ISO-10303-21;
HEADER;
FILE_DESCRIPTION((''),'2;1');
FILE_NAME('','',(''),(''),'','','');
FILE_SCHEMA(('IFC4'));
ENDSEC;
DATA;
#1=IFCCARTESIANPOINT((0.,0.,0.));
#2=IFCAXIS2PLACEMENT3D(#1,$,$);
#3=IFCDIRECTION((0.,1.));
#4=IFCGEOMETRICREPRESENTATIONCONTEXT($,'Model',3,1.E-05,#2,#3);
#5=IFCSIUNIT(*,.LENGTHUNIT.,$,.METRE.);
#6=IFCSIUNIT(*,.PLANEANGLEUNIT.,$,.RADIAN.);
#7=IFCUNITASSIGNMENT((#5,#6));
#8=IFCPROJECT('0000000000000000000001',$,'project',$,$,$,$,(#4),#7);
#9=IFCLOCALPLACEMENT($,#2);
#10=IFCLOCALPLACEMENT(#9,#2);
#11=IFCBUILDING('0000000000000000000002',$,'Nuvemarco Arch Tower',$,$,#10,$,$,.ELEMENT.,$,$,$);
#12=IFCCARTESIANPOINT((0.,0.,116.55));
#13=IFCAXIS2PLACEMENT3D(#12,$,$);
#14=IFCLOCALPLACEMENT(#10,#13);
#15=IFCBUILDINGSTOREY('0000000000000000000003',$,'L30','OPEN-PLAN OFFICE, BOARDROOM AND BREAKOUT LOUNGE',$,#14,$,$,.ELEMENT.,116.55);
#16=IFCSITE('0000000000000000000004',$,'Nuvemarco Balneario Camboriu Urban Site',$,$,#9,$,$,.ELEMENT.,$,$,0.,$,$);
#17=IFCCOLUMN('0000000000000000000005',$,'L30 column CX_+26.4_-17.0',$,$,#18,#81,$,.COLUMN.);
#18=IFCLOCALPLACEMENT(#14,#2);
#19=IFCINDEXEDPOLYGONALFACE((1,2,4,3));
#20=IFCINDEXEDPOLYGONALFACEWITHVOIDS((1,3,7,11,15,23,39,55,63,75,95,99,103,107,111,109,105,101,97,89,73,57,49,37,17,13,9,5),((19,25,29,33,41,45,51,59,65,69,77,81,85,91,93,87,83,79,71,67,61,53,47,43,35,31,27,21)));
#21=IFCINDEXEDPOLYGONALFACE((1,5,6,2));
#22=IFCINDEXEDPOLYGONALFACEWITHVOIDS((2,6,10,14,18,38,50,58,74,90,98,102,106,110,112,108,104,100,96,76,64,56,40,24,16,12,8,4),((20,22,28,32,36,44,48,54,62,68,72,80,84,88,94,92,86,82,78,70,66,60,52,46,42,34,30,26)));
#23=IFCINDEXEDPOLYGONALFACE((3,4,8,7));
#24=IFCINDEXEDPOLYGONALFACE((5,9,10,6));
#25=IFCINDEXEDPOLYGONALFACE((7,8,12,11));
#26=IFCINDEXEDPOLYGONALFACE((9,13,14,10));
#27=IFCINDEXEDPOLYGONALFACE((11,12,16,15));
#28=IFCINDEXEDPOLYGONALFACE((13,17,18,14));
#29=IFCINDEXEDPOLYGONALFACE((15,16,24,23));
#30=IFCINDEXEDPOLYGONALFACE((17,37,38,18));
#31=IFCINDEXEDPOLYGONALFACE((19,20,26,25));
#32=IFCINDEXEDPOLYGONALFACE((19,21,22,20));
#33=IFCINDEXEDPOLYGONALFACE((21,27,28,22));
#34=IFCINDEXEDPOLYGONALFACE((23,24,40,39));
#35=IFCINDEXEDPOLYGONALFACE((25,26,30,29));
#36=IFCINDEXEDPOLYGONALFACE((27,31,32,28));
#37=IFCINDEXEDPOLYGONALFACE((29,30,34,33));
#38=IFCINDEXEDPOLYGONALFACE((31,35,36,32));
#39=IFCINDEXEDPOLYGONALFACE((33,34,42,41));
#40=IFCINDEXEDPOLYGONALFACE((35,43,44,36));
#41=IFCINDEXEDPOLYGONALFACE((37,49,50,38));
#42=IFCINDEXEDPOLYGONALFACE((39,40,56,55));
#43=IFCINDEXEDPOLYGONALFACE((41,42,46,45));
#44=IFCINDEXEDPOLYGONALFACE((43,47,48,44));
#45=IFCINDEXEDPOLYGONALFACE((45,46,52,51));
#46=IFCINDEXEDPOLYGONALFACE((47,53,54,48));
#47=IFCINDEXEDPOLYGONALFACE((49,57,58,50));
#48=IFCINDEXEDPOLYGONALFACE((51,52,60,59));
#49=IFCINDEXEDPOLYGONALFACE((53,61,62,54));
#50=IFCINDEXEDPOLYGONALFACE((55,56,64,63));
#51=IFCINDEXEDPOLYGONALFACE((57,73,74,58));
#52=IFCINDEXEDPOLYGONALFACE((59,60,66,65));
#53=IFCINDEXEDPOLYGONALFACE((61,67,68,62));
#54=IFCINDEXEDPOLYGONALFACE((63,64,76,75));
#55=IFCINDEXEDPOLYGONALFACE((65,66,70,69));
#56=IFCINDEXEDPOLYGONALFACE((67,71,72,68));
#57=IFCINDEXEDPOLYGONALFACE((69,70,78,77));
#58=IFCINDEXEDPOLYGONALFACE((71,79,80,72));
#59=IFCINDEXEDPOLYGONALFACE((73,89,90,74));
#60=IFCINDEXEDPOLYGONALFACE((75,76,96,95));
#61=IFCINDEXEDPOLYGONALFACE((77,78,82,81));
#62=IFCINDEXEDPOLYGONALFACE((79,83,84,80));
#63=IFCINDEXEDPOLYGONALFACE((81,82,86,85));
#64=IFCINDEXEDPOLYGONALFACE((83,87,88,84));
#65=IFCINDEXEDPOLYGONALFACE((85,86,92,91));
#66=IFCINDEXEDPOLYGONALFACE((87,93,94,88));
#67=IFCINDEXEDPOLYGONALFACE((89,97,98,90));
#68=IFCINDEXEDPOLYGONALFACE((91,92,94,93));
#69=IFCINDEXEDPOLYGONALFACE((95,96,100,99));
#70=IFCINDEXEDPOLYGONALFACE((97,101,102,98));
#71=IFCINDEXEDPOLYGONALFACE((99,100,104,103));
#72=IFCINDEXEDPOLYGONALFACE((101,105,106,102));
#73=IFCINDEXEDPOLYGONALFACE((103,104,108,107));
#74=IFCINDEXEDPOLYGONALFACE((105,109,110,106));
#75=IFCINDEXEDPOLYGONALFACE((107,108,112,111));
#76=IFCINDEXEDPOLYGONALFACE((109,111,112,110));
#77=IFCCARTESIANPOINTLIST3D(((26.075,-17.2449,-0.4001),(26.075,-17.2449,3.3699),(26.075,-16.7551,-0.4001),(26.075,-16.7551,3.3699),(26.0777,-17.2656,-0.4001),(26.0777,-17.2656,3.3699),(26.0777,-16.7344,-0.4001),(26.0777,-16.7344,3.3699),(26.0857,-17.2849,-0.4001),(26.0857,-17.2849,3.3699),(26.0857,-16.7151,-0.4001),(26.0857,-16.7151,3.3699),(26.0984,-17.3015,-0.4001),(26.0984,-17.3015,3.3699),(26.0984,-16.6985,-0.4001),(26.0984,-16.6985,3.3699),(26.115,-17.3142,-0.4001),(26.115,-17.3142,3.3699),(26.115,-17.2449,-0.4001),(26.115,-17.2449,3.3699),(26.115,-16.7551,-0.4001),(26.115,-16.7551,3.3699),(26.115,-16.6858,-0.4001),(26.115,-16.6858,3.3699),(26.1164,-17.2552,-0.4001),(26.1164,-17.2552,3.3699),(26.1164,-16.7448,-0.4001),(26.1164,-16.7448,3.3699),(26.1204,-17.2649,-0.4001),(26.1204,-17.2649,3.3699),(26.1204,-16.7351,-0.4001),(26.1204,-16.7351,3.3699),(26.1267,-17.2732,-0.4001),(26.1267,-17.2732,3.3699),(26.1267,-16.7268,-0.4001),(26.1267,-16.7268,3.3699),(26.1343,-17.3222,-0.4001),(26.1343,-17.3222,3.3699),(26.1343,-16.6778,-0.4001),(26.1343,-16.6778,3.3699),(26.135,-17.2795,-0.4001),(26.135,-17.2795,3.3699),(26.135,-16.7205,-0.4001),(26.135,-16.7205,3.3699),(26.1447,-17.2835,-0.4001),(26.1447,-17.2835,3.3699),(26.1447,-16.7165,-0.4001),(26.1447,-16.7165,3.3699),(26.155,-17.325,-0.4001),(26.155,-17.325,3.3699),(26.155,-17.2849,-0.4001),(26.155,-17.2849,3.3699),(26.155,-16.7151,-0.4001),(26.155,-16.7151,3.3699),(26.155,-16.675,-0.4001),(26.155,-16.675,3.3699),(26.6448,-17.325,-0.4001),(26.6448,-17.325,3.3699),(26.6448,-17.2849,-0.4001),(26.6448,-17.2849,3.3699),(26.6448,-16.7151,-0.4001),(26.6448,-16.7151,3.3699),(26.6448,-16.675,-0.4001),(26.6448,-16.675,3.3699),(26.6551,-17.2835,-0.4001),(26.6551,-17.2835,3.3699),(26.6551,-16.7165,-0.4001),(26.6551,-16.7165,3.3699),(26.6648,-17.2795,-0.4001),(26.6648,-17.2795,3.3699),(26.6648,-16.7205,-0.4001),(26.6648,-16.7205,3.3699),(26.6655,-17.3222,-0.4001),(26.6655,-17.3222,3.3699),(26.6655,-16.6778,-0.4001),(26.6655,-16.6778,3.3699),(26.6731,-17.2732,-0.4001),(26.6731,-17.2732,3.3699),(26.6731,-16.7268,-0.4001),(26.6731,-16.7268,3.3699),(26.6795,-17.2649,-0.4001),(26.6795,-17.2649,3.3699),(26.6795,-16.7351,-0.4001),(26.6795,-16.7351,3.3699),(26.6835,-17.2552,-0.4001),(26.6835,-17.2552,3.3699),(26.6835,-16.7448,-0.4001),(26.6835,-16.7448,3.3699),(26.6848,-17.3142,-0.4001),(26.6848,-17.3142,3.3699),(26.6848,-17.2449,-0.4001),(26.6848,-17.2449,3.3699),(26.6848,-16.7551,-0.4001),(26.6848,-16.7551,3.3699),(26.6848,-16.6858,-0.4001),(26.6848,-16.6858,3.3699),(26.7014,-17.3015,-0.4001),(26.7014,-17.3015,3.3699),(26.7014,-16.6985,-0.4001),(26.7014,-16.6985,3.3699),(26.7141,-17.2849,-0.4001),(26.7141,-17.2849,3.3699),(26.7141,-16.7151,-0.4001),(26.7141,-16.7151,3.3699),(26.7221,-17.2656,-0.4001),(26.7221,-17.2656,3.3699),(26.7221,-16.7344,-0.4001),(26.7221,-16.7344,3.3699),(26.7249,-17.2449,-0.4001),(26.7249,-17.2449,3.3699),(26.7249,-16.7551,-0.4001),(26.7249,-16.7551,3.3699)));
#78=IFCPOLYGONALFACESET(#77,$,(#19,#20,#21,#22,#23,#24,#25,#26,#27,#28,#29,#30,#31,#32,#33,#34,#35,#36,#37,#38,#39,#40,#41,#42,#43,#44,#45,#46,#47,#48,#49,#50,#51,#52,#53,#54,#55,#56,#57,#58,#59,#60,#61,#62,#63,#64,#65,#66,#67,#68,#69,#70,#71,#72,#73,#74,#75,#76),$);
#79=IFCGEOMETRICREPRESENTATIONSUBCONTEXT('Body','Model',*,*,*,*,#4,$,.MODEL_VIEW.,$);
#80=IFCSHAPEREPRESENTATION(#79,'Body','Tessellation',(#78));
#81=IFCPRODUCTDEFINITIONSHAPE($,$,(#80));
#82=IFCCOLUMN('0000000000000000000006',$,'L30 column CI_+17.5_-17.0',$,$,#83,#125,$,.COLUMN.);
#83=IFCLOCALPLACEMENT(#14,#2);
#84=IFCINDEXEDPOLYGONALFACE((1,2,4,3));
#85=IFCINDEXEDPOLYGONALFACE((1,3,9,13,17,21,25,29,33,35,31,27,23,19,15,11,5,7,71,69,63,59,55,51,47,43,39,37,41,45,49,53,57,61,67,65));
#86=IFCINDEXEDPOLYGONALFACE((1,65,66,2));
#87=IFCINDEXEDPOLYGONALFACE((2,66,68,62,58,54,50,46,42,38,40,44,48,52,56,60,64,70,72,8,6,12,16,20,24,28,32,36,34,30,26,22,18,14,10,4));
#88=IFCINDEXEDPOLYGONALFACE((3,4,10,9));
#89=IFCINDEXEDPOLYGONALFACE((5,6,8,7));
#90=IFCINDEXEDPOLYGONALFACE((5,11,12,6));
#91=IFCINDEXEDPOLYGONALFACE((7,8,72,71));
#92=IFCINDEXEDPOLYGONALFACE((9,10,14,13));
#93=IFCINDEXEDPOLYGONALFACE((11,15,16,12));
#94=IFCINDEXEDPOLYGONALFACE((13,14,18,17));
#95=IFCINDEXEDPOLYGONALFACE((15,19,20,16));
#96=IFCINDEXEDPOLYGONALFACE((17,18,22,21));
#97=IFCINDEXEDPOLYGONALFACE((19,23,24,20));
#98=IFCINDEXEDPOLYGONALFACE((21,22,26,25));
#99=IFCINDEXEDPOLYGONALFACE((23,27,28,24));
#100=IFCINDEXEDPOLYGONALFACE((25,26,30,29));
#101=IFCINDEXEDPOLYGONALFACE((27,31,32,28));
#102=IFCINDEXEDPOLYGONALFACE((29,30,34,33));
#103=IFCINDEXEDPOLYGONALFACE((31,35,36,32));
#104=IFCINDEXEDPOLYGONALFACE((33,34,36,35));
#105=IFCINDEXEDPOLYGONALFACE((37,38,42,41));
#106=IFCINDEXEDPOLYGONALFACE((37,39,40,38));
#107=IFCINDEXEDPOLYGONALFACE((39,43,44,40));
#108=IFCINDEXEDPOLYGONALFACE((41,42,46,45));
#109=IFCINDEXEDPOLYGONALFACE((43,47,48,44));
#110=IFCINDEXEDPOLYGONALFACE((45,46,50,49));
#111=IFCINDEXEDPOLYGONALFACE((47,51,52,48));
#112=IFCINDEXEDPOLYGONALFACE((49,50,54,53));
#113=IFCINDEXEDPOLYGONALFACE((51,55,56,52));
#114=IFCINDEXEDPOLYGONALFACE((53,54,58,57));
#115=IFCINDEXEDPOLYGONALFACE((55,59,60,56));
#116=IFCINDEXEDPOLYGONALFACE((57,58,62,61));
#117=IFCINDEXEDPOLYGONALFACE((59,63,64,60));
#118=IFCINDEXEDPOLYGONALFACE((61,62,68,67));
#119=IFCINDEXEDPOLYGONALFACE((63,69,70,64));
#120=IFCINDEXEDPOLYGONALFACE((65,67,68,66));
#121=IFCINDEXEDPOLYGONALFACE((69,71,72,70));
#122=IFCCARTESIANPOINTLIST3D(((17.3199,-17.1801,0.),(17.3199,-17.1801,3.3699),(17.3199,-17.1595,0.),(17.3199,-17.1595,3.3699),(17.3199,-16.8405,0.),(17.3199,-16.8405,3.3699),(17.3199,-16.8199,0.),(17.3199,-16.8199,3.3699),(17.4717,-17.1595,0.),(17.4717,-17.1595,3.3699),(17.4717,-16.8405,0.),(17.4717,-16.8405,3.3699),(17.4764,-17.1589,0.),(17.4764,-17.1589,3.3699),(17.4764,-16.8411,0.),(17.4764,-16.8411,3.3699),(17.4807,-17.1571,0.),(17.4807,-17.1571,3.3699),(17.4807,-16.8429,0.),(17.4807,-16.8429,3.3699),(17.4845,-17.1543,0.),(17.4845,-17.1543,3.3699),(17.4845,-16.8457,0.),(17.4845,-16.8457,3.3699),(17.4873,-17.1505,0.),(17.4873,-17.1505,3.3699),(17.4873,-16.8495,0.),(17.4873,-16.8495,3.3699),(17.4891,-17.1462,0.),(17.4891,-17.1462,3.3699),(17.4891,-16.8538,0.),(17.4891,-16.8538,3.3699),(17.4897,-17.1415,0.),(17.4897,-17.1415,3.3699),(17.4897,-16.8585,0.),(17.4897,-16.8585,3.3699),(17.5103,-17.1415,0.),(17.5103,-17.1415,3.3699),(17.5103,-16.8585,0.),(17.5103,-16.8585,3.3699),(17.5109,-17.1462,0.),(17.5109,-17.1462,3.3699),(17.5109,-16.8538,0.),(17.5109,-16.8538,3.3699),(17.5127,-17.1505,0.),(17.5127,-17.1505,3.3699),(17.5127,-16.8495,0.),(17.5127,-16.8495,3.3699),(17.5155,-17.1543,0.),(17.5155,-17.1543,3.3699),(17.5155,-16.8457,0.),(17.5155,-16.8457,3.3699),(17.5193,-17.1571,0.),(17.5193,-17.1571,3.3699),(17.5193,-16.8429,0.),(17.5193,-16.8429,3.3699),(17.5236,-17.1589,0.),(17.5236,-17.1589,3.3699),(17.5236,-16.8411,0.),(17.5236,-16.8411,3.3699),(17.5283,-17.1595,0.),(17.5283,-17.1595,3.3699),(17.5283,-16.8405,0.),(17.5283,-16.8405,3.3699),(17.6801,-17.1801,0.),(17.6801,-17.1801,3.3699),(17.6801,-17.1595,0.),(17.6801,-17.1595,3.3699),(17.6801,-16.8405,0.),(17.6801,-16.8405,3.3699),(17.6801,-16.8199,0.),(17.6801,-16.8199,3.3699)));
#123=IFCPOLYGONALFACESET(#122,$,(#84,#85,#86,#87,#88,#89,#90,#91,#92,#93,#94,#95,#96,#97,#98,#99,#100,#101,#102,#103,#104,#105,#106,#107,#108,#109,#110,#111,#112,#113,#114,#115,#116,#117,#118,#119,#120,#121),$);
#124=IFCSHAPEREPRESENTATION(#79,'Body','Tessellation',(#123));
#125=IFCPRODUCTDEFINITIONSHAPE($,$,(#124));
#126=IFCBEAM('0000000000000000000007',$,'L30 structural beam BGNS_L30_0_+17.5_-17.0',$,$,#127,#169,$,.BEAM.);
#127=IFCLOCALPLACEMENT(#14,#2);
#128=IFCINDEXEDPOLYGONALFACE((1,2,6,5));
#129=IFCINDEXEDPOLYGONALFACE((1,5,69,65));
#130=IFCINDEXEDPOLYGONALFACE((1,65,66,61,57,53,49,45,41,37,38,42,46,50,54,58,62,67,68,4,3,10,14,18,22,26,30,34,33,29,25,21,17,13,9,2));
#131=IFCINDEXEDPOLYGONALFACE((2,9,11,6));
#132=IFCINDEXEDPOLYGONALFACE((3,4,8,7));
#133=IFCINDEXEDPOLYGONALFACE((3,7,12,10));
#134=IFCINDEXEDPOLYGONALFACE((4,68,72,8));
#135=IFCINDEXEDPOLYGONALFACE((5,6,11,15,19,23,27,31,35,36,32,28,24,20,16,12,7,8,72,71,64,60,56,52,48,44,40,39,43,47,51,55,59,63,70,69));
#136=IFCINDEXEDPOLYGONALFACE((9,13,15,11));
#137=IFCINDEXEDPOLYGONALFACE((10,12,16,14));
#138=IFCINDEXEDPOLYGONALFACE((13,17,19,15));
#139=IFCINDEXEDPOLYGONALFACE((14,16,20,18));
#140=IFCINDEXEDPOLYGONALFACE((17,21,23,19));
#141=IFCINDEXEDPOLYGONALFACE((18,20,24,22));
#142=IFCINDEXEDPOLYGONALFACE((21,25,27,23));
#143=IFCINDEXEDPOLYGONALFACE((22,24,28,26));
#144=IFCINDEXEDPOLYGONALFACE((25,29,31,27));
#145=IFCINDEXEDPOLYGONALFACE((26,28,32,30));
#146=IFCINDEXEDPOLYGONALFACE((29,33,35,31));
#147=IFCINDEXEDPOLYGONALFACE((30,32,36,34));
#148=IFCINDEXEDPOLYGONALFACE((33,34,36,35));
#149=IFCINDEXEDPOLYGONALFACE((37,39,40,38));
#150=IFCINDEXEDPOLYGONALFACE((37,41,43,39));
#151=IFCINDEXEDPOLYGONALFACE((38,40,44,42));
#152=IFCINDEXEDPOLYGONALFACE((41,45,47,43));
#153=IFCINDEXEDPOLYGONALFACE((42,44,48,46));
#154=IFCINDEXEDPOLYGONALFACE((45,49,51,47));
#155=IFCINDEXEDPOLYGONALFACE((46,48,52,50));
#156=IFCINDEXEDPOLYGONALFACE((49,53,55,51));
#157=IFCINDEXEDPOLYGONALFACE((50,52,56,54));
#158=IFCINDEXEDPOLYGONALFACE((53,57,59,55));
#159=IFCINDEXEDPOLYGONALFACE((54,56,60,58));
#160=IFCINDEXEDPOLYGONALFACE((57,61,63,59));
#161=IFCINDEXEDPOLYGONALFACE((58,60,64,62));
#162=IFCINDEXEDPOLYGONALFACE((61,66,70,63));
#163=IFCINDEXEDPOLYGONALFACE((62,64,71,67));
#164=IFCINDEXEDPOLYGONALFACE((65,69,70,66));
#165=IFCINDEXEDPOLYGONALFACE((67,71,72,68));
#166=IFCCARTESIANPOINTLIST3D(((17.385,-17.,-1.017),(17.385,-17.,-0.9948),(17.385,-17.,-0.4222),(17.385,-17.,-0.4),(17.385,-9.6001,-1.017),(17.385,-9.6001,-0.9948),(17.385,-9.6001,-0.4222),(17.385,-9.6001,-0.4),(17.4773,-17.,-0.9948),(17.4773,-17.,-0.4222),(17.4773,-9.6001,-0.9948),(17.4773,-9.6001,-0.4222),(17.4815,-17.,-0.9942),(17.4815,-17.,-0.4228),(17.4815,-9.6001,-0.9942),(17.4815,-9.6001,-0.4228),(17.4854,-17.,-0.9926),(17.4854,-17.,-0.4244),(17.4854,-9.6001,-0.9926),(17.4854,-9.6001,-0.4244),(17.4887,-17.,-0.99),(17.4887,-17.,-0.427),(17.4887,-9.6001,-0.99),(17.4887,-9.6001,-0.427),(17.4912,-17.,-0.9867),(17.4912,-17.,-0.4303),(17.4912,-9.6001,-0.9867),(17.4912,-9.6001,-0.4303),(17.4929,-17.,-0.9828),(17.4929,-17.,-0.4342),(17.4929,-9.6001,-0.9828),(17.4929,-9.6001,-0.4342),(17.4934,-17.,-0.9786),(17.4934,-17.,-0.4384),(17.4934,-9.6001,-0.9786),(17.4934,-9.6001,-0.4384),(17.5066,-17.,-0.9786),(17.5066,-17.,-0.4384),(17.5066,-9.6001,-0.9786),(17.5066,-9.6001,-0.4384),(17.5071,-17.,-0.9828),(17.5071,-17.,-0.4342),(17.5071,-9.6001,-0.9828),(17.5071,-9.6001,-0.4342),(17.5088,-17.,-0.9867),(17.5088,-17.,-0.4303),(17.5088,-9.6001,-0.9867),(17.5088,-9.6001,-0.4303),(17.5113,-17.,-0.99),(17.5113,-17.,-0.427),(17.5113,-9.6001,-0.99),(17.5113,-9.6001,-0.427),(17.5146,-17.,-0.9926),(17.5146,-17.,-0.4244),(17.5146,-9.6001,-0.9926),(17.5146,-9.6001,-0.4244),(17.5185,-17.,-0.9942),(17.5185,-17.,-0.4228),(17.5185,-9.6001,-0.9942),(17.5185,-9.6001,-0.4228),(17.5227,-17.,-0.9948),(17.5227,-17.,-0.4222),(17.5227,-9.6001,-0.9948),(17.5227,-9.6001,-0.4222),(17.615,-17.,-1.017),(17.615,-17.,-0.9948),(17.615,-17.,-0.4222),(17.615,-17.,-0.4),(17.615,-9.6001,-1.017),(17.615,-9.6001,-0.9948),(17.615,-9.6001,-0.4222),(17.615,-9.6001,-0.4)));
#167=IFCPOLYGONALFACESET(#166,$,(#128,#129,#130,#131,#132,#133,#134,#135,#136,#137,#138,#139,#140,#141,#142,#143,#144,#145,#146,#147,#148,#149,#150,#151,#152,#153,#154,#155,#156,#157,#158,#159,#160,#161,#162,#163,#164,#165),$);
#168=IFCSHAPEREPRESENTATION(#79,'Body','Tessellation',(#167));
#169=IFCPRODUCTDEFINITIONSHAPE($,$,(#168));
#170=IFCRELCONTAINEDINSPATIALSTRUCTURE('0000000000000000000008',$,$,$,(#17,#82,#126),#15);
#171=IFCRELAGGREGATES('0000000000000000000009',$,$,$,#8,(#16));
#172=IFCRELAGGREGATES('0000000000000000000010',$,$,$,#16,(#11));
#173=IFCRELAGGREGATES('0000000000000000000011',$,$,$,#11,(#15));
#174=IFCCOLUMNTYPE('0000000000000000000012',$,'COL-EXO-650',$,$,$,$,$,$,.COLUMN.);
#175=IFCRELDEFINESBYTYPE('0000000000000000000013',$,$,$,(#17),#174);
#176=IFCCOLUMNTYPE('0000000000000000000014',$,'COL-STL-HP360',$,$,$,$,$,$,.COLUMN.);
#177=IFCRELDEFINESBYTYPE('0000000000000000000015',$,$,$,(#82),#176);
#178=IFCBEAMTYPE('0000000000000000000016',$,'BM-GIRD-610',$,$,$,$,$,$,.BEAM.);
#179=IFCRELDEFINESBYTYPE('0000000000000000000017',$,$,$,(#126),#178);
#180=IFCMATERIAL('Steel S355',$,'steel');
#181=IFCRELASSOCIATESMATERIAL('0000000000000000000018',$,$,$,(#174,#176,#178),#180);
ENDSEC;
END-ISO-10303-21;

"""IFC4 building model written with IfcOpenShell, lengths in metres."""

from ifc_helpers import new_model, si_unit, direction, frame, origin, origin_2d, place, context, subcontext, project, spatial, hollow_rectangle, i_section, extrude, material, material_profile, profile_set, type_object, element, save


model = new_model("IFC4")

# Units and contexts
model_context = context("Model", 3, precision=1e-05, world=origin(), true_north=direction((0.0, 1.0)))
body_context = subcontext(model_context, "Body", "Model", "MODEL_VIEW")
ifc_project = project(units=[si_unit("LENGTHUNIT", "METRE"), si_unit("PLANEANGLEUNIT", "RADIAN")], contexts=[model_context])

# Site, building, storey
site_placement = place(None, origin())
site = spatial("IfcSite", under=ifc_project, at=site_placement, Name="Nuvemarco Balneario Camboriu Urban Site", CompositionType="ELEMENT", RefElevation=0.0)
building_placement = place(site_placement, origin())
building = spatial("IfcBuilding", under=site, at=building_placement, Name="Nuvemarco Arch Tower", CompositionType="ELEMENT")
storey_placement = place(building_placement, frame((0.0, 0.0, 116.55)))
storey = spatial("IfcBuildingStorey", under=building, at=storey_placement, Name="L30", Description="OPEN-PLAN OFFICE, BOARDROOM AND BREAKOUT LOUNGE", CompositionType="ELEMENT", Elevation=116.55)

# Columns
ifc_material_1 = material(Name="Steel S355", Category="steel")
ifc_material_profile_1 = material_profile(ifc_material_1, hollow_rectangle(XDim=0.6499, YDim=0.6499, WallThickness=0.04, InnerFilletRadius=0.04, OuterFilletRadius=0.0801, at=origin_2d()), Name="SHS650x650x40")
ifc_profile_set_1 = profile_set([ifc_material_profile_1], Name="Steel S355")
column_type_1 = type_object("IfcColumnType", Name="COL-EXO-650", PredefinedType="COLUMN", material=ifc_profile_set_1)
column_1_placement = place(storey_placement, frame((26.3999, -17.0, -0.4001), z_axis=(0.0, 0.0, 1.0), x_axis=(1.0, 0.0, 0.0)))
element("IfcColumn", 1, at=column_1_placement, inside=storey, type_object=column_type_1, Name="L30 column CX_+26.4_-17.0", PredefinedType="COLUMN", context=body_context, shape_type="SweptSolid", body=[
    extrude(hollow_rectangle(XDim=0.6499, YDim=0.6499, WallThickness=0.04, InnerFilletRadius=0.04, OuterFilletRadius=0.0801, at=origin_2d()), origin(), (0.0, 0.0, 1.0), 3.77),
])
ifc_material_profile_2 = material_profile(ifc_material_1, i_section(OverallWidth=0.3601, OverallDepth=0.3601, WebThickness=0.0205, FlangeThickness=0.0205, FilletRadius=0.0181, at=origin_2d()), Name="HP360x174")
ifc_profile_set_2 = profile_set([ifc_material_profile_2], Name="Steel S355")
column_type_2 = type_object("IfcColumnType", Name="COL-STL-HP360", PredefinedType="COLUMN", material=ifc_profile_set_2)
column_2_placement = place(storey_placement, frame((17.5, -17.0, 0.0), z_axis=(0.0, 0.0, 1.0), x_axis=(1.0, 0.0, 0.0)))
element("IfcColumn", 2, at=column_2_placement, inside=storey, type_object=column_type_2, Name="L30 column CI_+17.5_-17.0", PredefinedType="COLUMN", context=body_context, shape_type="SweptSolid", body=[
    extrude(i_section(OverallWidth=0.3601, OverallDepth=0.3601, WebThickness=0.0205, FlangeThickness=0.0205, FilletRadius=0.0181, at=origin_2d()), origin(), (0.0, 0.0, 1.0), 3.3699),
])

# Beam
ifc_material_profile_3 = material_profile(ifc_material_1, i_section(OverallWidth=0.23, OverallDepth=0.6169, WebThickness=0.0132, FlangeThickness=0.0222, FilletRadius=0.0161, at=origin_2d()), Name="W610x140")
ifc_profile_set_3 = profile_set([ifc_material_profile_3], Name="Steel S355")
beam_type_1 = type_object("IfcBeamType", Name="BM-GIRD-610", PredefinedType="BEAM", material=ifc_profile_set_3)
beam_1_placement = place(storey_placement, frame((17.5, -17.0, -0.7085), z_axis=(0.0, 1.0, 0.0), x_axis=(-1.0, 0.0, 0.0)))
element("IfcBeam", 3, at=beam_1_placement, inside=storey, type_object=beam_type_1, Name="L30 structural beam BGNS_L30_0_+17.5_-17.0", PredefinedType="BEAM", context=body_context, shape_type="SweptSolid", body=[
    extrude(i_section(OverallWidth=0.23, OverallDepth=0.6169, WebThickness=0.0132, FlangeThickness=0.0222, FilletRadius=0.0161, at=origin_2d()), origin(), (0.0, 0.0, 1.0), 7.3999),
])

save(model, "model.ifc")
